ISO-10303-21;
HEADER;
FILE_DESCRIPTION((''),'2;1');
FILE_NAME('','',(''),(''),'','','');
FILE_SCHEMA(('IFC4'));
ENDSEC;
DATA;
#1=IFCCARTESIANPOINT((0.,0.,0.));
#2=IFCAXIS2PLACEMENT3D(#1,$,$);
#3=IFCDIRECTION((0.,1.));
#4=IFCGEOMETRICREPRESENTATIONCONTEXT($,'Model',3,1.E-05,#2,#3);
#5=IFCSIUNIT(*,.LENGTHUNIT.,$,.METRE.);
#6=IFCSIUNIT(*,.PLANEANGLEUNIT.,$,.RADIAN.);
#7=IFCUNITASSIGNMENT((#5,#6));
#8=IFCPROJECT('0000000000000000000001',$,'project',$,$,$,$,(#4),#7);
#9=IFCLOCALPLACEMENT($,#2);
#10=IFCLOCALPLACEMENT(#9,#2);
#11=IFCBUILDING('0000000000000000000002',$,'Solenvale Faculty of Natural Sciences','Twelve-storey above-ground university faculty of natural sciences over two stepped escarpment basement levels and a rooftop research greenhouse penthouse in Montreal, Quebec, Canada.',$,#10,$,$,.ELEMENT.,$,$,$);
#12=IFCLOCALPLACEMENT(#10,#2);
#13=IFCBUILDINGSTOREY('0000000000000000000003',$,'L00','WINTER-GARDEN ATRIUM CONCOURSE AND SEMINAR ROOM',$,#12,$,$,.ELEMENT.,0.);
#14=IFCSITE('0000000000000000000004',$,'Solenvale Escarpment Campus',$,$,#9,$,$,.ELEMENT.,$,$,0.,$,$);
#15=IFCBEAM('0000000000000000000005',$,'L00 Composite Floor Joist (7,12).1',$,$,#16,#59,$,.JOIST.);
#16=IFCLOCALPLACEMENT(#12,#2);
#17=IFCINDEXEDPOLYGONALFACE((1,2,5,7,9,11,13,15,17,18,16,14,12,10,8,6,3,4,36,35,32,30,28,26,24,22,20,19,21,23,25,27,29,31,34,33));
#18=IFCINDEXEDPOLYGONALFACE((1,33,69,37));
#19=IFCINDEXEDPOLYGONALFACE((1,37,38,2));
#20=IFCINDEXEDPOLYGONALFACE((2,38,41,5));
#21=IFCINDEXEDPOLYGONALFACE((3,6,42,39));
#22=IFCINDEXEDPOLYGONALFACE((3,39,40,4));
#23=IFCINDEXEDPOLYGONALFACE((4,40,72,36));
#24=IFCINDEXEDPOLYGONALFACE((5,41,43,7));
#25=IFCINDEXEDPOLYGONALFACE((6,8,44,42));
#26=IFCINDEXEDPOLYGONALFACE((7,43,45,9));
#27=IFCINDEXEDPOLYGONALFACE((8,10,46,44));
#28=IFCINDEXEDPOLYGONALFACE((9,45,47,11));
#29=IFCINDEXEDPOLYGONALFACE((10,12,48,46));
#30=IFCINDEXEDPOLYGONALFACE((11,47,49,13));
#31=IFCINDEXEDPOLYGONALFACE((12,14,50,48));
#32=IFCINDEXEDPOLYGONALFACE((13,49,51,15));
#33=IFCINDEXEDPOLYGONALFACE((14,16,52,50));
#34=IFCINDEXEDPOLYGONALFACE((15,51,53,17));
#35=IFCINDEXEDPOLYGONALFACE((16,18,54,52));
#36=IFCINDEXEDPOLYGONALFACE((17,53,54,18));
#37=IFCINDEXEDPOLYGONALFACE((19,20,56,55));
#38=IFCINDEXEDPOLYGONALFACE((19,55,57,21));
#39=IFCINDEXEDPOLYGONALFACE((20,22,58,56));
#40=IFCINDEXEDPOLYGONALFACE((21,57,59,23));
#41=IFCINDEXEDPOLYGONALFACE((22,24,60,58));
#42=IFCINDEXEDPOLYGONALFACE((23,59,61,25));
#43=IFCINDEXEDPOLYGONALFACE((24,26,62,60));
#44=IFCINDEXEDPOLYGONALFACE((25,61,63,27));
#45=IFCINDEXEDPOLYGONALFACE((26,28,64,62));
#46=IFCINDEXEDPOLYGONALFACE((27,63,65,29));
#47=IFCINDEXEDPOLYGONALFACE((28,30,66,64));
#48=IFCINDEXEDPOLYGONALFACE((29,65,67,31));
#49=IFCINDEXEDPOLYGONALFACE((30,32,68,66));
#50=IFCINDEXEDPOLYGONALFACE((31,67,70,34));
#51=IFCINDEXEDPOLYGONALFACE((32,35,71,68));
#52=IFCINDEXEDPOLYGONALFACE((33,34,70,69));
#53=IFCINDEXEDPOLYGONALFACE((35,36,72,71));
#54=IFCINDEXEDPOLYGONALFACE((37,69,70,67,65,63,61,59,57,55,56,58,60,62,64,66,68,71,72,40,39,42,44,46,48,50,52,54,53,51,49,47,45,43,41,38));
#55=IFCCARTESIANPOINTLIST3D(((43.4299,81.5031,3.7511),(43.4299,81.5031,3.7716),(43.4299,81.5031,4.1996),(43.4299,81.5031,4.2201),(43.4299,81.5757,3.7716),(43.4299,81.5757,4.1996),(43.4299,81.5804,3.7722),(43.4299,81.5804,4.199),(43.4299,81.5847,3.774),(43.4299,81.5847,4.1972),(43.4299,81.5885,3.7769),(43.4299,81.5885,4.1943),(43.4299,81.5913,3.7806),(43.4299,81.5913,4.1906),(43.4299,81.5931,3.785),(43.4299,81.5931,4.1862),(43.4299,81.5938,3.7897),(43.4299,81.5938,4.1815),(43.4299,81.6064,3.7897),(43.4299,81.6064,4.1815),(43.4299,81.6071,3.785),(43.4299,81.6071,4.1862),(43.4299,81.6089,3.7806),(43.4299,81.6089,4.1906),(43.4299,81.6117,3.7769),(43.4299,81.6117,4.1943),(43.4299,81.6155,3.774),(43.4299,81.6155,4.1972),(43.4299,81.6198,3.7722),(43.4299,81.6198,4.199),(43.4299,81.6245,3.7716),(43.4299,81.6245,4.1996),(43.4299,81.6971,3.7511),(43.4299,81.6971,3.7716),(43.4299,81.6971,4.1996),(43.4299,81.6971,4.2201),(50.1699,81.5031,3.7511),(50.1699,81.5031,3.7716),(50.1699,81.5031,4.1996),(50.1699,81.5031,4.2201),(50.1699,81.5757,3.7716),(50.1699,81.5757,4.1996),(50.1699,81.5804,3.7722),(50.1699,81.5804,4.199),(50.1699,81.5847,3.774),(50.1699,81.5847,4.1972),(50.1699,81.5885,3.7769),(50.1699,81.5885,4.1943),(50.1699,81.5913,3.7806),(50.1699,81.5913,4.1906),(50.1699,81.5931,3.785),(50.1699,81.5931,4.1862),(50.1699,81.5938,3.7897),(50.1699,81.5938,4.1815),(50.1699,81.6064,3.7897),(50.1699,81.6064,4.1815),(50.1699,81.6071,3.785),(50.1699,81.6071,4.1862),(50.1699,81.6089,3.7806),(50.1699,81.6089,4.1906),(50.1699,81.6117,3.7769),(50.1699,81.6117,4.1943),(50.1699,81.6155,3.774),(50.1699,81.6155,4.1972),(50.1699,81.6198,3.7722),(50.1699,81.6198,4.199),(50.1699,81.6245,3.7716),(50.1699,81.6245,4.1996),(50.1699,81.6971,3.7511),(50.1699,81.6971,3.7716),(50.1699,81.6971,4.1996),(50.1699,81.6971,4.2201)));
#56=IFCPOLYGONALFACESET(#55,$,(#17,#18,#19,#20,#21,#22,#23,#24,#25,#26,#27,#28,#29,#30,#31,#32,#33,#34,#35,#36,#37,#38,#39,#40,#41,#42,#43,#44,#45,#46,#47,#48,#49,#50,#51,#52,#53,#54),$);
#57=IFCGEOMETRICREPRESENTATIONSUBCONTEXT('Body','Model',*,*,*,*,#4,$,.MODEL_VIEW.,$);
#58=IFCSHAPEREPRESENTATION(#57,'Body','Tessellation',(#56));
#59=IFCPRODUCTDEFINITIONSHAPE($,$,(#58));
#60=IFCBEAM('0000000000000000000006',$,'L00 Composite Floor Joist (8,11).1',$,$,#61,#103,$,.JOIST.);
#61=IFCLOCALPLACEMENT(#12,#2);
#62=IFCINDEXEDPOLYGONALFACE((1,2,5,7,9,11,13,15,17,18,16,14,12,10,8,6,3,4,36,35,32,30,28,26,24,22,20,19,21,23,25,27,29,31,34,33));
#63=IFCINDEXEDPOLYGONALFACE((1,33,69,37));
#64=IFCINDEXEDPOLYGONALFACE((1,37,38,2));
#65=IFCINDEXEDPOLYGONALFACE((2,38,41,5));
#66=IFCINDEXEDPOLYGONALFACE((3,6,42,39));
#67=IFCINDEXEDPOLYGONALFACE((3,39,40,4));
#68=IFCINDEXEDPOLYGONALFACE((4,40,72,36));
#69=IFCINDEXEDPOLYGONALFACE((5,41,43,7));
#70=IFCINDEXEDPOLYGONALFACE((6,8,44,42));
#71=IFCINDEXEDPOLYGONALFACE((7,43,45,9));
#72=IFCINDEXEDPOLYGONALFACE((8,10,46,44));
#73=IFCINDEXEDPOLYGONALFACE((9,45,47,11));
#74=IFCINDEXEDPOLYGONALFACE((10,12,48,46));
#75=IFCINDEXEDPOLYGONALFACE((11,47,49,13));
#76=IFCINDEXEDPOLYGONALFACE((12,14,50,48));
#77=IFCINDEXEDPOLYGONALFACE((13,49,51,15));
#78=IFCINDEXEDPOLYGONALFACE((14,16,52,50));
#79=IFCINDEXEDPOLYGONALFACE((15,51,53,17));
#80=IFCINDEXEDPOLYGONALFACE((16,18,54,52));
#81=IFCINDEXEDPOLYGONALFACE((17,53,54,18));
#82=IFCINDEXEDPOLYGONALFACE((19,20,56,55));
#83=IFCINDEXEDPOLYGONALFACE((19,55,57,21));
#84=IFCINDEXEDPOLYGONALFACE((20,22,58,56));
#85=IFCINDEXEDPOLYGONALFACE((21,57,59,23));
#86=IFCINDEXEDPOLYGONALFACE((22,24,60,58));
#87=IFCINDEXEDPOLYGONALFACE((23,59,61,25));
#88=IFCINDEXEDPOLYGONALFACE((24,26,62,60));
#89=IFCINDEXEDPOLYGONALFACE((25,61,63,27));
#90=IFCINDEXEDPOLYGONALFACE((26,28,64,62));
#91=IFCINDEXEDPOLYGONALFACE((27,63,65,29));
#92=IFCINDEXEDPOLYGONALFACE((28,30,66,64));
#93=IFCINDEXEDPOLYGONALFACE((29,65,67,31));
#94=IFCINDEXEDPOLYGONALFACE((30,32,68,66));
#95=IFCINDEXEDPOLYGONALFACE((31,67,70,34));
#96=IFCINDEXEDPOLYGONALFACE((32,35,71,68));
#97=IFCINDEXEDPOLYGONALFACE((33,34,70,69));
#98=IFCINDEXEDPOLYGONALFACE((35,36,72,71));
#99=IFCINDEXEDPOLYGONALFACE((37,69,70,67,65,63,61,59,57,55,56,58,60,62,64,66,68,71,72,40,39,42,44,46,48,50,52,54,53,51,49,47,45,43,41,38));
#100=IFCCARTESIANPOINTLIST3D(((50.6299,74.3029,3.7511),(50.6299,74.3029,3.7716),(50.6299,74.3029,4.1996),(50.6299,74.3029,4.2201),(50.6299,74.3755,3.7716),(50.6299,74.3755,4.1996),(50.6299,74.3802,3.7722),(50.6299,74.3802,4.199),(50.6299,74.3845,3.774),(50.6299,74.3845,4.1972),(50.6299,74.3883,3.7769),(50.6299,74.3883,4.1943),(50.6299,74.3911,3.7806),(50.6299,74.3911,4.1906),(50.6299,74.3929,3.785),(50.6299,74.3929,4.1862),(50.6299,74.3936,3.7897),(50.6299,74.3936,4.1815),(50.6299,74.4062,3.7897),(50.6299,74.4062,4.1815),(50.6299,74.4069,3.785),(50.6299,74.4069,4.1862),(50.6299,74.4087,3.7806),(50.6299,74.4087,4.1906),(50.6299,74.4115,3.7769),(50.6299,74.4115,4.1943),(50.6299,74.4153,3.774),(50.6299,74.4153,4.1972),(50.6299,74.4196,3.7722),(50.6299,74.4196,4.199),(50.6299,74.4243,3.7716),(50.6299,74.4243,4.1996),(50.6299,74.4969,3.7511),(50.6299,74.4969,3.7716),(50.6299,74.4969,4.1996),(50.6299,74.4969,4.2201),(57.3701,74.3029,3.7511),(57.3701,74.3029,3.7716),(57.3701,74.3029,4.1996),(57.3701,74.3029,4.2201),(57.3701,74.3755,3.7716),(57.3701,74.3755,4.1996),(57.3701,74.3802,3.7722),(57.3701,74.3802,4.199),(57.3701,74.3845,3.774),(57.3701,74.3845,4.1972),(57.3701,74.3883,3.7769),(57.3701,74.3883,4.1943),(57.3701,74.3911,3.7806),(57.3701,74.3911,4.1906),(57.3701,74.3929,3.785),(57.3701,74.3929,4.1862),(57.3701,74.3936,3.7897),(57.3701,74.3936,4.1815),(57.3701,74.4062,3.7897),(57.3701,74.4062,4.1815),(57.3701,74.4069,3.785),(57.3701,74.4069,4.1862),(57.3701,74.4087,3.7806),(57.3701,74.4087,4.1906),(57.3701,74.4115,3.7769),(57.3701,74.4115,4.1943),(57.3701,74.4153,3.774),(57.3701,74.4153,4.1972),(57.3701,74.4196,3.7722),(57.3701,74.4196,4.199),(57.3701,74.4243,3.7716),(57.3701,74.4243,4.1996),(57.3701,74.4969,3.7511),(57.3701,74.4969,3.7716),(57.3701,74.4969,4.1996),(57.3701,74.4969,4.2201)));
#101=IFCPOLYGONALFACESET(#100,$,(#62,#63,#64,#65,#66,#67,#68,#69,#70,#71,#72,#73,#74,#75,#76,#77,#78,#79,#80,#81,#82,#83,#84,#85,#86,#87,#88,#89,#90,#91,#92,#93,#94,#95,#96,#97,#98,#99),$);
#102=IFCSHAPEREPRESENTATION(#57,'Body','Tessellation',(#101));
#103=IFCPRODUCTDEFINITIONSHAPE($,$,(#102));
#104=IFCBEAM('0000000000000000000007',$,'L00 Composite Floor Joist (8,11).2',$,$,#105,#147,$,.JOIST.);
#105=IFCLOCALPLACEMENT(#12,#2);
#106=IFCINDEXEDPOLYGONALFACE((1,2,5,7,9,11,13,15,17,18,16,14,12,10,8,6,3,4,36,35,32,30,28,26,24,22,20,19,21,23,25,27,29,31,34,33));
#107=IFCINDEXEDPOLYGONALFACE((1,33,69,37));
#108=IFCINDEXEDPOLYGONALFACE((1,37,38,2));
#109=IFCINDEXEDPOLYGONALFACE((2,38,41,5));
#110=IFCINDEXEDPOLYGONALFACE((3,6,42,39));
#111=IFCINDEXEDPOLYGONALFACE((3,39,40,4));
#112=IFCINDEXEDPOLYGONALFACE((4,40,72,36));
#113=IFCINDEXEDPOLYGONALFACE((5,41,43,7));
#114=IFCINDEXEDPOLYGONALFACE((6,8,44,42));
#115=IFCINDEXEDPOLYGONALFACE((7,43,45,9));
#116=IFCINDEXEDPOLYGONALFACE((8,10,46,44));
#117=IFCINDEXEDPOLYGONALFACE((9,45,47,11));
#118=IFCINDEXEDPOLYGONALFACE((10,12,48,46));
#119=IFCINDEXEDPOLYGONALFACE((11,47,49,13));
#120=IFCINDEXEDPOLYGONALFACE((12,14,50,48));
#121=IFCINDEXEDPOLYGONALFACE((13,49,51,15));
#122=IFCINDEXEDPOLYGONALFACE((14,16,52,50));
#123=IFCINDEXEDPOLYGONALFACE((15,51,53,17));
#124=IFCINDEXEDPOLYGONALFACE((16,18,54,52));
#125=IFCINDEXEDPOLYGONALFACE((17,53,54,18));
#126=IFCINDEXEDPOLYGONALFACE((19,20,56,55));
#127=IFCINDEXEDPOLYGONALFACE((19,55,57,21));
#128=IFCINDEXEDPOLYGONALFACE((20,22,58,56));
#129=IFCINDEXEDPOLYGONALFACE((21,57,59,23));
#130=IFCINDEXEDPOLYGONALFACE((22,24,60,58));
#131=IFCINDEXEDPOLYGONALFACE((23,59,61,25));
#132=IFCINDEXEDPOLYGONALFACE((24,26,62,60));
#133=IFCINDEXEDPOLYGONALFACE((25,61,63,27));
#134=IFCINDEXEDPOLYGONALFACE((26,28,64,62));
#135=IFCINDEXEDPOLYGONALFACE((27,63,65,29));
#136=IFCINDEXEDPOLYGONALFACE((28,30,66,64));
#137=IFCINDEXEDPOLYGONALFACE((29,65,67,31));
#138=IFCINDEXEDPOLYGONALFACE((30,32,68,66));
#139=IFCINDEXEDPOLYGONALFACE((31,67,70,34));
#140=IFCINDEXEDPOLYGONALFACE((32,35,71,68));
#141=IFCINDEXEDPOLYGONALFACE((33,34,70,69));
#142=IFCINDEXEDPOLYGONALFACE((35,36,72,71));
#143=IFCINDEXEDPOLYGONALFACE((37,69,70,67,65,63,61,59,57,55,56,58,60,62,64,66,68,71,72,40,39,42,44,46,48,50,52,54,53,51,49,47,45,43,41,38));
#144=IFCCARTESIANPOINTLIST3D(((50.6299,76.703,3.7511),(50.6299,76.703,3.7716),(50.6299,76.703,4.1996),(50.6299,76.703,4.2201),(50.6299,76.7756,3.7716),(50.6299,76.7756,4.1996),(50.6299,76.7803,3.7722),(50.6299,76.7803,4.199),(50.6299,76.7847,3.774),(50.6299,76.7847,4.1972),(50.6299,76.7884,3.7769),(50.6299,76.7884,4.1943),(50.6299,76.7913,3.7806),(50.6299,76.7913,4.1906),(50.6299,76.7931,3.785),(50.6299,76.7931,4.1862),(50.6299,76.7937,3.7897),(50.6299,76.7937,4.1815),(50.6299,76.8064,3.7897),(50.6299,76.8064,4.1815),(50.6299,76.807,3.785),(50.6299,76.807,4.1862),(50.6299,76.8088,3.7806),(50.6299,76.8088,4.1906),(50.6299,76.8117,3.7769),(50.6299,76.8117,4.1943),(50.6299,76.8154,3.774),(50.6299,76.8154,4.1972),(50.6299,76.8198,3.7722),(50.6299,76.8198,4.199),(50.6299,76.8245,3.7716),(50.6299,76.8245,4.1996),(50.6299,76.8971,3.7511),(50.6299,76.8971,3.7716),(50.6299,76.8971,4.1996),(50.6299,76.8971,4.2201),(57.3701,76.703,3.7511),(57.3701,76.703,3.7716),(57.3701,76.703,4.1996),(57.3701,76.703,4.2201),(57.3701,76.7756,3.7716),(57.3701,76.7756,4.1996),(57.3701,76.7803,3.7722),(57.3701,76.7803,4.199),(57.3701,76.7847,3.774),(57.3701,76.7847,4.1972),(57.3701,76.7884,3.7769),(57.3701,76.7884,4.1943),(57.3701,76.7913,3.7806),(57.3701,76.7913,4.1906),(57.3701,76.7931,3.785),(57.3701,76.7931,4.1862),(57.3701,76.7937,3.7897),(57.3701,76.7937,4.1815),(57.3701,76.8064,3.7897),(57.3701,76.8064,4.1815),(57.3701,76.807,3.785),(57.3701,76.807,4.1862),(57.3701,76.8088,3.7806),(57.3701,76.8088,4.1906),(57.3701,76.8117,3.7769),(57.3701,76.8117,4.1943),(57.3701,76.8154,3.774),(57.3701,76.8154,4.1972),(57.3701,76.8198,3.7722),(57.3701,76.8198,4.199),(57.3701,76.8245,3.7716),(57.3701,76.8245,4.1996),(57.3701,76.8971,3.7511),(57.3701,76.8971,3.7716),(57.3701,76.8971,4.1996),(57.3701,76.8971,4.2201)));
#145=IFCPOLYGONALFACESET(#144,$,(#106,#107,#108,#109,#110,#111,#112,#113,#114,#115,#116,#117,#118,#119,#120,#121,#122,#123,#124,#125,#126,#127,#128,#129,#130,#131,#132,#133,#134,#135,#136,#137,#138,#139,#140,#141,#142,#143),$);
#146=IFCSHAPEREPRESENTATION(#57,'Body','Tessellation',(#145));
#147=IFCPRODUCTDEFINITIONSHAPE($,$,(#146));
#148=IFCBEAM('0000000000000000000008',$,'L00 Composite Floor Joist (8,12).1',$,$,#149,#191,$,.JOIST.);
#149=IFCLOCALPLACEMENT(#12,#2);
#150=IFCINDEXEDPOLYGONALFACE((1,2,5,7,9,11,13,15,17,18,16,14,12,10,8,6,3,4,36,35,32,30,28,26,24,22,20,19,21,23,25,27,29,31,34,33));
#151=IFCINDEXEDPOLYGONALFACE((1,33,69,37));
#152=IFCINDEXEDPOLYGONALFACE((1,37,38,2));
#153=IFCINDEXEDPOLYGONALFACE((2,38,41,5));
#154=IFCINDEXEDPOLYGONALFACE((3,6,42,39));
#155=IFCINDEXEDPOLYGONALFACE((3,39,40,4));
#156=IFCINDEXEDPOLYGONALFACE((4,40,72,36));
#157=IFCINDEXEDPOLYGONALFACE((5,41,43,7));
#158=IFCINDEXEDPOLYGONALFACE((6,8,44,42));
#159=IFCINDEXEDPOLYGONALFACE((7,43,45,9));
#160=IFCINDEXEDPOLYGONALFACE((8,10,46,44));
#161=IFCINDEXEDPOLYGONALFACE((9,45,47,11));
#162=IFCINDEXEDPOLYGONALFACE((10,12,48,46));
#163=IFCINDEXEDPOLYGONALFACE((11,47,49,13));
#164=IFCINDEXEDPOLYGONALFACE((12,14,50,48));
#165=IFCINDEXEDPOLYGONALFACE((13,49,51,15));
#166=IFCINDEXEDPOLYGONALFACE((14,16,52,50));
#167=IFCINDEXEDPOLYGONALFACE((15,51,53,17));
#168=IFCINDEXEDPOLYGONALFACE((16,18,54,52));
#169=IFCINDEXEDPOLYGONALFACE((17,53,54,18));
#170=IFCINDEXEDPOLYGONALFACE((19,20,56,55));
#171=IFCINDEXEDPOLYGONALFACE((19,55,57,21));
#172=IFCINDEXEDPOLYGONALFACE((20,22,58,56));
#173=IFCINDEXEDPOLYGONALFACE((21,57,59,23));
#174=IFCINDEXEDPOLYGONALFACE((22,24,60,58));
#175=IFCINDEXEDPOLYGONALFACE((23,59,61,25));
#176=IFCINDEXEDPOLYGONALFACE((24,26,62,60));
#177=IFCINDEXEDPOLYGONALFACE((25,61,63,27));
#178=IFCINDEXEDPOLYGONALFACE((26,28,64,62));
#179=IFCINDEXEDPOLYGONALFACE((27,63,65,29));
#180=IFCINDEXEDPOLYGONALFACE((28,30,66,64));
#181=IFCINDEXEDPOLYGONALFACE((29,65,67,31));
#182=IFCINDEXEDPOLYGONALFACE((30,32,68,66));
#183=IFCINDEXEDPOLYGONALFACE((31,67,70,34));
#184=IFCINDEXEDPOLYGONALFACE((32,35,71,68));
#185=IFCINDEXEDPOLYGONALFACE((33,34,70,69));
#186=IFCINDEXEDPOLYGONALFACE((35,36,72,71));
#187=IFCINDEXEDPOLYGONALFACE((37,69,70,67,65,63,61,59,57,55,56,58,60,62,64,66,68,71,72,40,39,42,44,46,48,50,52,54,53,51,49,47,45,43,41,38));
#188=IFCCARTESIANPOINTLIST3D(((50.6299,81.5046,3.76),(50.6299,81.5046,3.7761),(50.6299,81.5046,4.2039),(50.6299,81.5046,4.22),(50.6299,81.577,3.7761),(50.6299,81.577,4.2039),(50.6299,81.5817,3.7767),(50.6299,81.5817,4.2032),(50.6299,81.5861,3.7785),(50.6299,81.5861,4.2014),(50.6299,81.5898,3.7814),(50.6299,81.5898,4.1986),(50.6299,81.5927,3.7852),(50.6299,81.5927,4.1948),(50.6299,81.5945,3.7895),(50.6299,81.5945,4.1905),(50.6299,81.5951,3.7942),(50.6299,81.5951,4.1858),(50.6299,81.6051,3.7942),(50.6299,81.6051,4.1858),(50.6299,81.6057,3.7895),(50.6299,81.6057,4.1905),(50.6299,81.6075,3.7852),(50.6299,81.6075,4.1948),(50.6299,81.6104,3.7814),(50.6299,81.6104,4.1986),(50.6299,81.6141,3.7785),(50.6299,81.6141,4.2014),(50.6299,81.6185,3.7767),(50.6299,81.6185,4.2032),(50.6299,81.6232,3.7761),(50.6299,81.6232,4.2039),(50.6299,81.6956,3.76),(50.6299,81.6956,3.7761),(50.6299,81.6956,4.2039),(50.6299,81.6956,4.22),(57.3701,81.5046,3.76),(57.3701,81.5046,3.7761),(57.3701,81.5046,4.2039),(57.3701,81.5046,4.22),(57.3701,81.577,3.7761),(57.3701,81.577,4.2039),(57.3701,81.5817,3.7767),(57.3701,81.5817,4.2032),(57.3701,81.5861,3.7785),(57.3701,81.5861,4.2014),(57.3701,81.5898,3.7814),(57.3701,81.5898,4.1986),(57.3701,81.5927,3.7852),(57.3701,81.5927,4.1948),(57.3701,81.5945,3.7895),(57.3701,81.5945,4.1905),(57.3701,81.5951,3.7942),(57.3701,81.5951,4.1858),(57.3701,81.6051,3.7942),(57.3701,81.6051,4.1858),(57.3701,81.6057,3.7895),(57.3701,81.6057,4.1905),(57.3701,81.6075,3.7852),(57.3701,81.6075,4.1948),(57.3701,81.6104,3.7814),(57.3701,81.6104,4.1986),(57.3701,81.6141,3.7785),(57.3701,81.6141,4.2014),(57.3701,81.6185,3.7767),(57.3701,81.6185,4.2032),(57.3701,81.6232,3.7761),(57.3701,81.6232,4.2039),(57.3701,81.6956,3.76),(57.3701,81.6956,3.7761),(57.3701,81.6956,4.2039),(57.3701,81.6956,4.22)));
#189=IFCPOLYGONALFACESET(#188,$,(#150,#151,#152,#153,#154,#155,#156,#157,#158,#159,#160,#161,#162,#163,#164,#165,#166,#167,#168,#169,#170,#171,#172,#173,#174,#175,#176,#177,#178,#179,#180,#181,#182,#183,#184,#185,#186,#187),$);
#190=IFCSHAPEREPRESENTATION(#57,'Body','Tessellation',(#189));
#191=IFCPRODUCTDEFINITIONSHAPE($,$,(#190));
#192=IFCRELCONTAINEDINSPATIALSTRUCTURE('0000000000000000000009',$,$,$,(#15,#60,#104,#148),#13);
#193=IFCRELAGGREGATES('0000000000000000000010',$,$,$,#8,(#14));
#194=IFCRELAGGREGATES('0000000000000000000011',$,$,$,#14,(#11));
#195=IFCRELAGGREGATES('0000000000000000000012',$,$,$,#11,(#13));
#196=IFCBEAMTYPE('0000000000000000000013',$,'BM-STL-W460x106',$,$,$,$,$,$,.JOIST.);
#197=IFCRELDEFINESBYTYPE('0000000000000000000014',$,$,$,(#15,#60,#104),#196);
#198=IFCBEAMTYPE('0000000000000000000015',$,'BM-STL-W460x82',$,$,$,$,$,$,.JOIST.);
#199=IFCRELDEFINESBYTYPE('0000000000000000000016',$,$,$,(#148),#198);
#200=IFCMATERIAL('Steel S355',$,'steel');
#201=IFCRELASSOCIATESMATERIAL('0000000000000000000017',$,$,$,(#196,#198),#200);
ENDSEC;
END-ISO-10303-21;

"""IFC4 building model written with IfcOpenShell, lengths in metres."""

from ifc_helpers import new_model, si_unit, direction, frame, origin, origin_2d, place, context, subcontext, project, spatial, i_section, extrude, material, material_profile, profile_set, type_object, element, save


model = new_model("IFC4")

# Units and contexts
model_context = context("Model", 3, precision=1e-05, world=origin(), true_north=direction((0.0, 1.0)))
body_context = subcontext(model_context, "Body", "Model", "MODEL_VIEW")
ifc_project = project(units=[si_unit("LENGTHUNIT", "METRE"), si_unit("PLANEANGLEUNIT", "RADIAN")], contexts=[model_context])

# Site, building, storey
site_placement = place(None, origin())
site = spatial("IfcSite", under=ifc_project, at=site_placement, Name="Solenvale Escarpment Campus", CompositionType="ELEMENT", RefElevation=0.0)
building_placement = place(site_placement, origin())
building = spatial("IfcBuilding", under=site, at=building_placement, Name="Solenvale Faculty of Natural Sciences", Description="Twelve-storey above-ground university faculty of natural sciences over two stepped escarpment basement levels and a rooftop research greenhouse penthouse in Montreal, Quebec, Canada.", CompositionType="ELEMENT")
storey_placement = place(building_placement, origin())
storey = spatial("IfcBuildingStorey", under=building, at=storey_placement, Name="L00", Description="WINTER-GARDEN ATRIUM CONCOURSE AND SEMINAR ROOM", CompositionType="ELEMENT", Elevation=0.0)

# Shared definitions
ifc_material_1 = material(Name="Steel S355", Category="steel")

# Beams
ifc_material_profile_1 = material_profile(ifc_material_1, i_section(OverallWidth=0.1941, OverallDepth=0.469, WebThickness=0.0127, FlangeThickness=0.0205, FilletRadius=0.0181, at=origin_2d()), Name="W460x106")
ifc_profile_set_1 = profile_set([ifc_material_profile_1], Name="Steel S355")
beam_type_1 = type_object("IfcBeamType", Name="BM-STL-W460x106", PredefinedType="JOIST", material=ifc_profile_set_1)
beam_1_placement = place(storey_placement, frame((43.4299, 81.6001, 3.9856), z_axis=(1.0, 0.0, 0.0), x_axis=(0.0, 1.0, 0.0)))
element("IfcBeam", 1, at=beam_1_placement, inside=storey, type_object=beam_type_1, Name="L00 Composite Floor Joist (7,12).1", PredefinedType="JOIST", context=body_context, shape_type="SweptSolid", body=[
    extrude(i_section(OverallWidth=0.1941, OverallDepth=0.469, WebThickness=0.0127, FlangeThickness=0.0205, FilletRadius=0.0181, at=origin_2d()), origin(), (0.0, 0.0, 1.0), 6.74),
])
for number, where, z_axis, x_axis, name in (
    (2, (50.6299, 74.3999, 3.9856), (1.0, 0.0, 0.0), (0.0, 1.0, 0.0), "L00 Composite Floor Joist (8,11).1"),
    (3, (50.6299, 76.8, 3.9856), (1.0, 0.0, 0.0), (0.0, 1.0, 0.0), "L00 Composite Floor Joist (8,11).2"),
):
    element("IfcBeam", number, at=place(storey_placement, frame(where, z_axis=z_axis, x_axis=x_axis)), inside=storey, type_object=beam_type_1, Name=name, PredefinedType="JOIST", context=body_context, shape_type="SweptSolid", body=[
        extrude(i_section(OverallWidth=0.1941, OverallDepth=0.469, WebThickness=0.0127, FlangeThickness=0.0205, FilletRadius=0.0181, at=origin_2d()), origin(), (0.0, 0.0, 1.0), 6.7402),
    ])
ifc_material_profile_2 = material_profile(ifc_material_1, i_section(OverallWidth=0.1909, OverallDepth=0.46, WebThickness=0.01, FlangeThickness=0.0161, FilletRadius=0.0181, at=origin_2d()), Name="W460x82")
ifc_profile_set_2 = profile_set([ifc_material_profile_2], Name="Steel S355")
beam_type_2 = type_object("IfcBeamType", Name="BM-STL-W460x82", PredefinedType="JOIST", material=ifc_profile_set_2)
beam_2_placement = place(storey_placement, frame((50.6299, 81.6001, 3.99), z_axis=(1.0, 0.0, 0.0), x_axis=(0.0, 1.0, 0.0)))
element("IfcBeam", 4, at=beam_2_placement, inside=storey, type_object=beam_type_2, Name="L00 Composite Floor Joist (8,12).1", PredefinedType="JOIST", context=body_context, shape_type="SweptSolid", body=[
    extrude(i_section(OverallWidth=0.1909, OverallDepth=0.46, WebThickness=0.01, FlangeThickness=0.0161, FilletRadius=0.0181, at=origin_2d()), origin(), (0.0, 0.0, 1.0), 6.7402),
])

save(model, "model.ifc")
